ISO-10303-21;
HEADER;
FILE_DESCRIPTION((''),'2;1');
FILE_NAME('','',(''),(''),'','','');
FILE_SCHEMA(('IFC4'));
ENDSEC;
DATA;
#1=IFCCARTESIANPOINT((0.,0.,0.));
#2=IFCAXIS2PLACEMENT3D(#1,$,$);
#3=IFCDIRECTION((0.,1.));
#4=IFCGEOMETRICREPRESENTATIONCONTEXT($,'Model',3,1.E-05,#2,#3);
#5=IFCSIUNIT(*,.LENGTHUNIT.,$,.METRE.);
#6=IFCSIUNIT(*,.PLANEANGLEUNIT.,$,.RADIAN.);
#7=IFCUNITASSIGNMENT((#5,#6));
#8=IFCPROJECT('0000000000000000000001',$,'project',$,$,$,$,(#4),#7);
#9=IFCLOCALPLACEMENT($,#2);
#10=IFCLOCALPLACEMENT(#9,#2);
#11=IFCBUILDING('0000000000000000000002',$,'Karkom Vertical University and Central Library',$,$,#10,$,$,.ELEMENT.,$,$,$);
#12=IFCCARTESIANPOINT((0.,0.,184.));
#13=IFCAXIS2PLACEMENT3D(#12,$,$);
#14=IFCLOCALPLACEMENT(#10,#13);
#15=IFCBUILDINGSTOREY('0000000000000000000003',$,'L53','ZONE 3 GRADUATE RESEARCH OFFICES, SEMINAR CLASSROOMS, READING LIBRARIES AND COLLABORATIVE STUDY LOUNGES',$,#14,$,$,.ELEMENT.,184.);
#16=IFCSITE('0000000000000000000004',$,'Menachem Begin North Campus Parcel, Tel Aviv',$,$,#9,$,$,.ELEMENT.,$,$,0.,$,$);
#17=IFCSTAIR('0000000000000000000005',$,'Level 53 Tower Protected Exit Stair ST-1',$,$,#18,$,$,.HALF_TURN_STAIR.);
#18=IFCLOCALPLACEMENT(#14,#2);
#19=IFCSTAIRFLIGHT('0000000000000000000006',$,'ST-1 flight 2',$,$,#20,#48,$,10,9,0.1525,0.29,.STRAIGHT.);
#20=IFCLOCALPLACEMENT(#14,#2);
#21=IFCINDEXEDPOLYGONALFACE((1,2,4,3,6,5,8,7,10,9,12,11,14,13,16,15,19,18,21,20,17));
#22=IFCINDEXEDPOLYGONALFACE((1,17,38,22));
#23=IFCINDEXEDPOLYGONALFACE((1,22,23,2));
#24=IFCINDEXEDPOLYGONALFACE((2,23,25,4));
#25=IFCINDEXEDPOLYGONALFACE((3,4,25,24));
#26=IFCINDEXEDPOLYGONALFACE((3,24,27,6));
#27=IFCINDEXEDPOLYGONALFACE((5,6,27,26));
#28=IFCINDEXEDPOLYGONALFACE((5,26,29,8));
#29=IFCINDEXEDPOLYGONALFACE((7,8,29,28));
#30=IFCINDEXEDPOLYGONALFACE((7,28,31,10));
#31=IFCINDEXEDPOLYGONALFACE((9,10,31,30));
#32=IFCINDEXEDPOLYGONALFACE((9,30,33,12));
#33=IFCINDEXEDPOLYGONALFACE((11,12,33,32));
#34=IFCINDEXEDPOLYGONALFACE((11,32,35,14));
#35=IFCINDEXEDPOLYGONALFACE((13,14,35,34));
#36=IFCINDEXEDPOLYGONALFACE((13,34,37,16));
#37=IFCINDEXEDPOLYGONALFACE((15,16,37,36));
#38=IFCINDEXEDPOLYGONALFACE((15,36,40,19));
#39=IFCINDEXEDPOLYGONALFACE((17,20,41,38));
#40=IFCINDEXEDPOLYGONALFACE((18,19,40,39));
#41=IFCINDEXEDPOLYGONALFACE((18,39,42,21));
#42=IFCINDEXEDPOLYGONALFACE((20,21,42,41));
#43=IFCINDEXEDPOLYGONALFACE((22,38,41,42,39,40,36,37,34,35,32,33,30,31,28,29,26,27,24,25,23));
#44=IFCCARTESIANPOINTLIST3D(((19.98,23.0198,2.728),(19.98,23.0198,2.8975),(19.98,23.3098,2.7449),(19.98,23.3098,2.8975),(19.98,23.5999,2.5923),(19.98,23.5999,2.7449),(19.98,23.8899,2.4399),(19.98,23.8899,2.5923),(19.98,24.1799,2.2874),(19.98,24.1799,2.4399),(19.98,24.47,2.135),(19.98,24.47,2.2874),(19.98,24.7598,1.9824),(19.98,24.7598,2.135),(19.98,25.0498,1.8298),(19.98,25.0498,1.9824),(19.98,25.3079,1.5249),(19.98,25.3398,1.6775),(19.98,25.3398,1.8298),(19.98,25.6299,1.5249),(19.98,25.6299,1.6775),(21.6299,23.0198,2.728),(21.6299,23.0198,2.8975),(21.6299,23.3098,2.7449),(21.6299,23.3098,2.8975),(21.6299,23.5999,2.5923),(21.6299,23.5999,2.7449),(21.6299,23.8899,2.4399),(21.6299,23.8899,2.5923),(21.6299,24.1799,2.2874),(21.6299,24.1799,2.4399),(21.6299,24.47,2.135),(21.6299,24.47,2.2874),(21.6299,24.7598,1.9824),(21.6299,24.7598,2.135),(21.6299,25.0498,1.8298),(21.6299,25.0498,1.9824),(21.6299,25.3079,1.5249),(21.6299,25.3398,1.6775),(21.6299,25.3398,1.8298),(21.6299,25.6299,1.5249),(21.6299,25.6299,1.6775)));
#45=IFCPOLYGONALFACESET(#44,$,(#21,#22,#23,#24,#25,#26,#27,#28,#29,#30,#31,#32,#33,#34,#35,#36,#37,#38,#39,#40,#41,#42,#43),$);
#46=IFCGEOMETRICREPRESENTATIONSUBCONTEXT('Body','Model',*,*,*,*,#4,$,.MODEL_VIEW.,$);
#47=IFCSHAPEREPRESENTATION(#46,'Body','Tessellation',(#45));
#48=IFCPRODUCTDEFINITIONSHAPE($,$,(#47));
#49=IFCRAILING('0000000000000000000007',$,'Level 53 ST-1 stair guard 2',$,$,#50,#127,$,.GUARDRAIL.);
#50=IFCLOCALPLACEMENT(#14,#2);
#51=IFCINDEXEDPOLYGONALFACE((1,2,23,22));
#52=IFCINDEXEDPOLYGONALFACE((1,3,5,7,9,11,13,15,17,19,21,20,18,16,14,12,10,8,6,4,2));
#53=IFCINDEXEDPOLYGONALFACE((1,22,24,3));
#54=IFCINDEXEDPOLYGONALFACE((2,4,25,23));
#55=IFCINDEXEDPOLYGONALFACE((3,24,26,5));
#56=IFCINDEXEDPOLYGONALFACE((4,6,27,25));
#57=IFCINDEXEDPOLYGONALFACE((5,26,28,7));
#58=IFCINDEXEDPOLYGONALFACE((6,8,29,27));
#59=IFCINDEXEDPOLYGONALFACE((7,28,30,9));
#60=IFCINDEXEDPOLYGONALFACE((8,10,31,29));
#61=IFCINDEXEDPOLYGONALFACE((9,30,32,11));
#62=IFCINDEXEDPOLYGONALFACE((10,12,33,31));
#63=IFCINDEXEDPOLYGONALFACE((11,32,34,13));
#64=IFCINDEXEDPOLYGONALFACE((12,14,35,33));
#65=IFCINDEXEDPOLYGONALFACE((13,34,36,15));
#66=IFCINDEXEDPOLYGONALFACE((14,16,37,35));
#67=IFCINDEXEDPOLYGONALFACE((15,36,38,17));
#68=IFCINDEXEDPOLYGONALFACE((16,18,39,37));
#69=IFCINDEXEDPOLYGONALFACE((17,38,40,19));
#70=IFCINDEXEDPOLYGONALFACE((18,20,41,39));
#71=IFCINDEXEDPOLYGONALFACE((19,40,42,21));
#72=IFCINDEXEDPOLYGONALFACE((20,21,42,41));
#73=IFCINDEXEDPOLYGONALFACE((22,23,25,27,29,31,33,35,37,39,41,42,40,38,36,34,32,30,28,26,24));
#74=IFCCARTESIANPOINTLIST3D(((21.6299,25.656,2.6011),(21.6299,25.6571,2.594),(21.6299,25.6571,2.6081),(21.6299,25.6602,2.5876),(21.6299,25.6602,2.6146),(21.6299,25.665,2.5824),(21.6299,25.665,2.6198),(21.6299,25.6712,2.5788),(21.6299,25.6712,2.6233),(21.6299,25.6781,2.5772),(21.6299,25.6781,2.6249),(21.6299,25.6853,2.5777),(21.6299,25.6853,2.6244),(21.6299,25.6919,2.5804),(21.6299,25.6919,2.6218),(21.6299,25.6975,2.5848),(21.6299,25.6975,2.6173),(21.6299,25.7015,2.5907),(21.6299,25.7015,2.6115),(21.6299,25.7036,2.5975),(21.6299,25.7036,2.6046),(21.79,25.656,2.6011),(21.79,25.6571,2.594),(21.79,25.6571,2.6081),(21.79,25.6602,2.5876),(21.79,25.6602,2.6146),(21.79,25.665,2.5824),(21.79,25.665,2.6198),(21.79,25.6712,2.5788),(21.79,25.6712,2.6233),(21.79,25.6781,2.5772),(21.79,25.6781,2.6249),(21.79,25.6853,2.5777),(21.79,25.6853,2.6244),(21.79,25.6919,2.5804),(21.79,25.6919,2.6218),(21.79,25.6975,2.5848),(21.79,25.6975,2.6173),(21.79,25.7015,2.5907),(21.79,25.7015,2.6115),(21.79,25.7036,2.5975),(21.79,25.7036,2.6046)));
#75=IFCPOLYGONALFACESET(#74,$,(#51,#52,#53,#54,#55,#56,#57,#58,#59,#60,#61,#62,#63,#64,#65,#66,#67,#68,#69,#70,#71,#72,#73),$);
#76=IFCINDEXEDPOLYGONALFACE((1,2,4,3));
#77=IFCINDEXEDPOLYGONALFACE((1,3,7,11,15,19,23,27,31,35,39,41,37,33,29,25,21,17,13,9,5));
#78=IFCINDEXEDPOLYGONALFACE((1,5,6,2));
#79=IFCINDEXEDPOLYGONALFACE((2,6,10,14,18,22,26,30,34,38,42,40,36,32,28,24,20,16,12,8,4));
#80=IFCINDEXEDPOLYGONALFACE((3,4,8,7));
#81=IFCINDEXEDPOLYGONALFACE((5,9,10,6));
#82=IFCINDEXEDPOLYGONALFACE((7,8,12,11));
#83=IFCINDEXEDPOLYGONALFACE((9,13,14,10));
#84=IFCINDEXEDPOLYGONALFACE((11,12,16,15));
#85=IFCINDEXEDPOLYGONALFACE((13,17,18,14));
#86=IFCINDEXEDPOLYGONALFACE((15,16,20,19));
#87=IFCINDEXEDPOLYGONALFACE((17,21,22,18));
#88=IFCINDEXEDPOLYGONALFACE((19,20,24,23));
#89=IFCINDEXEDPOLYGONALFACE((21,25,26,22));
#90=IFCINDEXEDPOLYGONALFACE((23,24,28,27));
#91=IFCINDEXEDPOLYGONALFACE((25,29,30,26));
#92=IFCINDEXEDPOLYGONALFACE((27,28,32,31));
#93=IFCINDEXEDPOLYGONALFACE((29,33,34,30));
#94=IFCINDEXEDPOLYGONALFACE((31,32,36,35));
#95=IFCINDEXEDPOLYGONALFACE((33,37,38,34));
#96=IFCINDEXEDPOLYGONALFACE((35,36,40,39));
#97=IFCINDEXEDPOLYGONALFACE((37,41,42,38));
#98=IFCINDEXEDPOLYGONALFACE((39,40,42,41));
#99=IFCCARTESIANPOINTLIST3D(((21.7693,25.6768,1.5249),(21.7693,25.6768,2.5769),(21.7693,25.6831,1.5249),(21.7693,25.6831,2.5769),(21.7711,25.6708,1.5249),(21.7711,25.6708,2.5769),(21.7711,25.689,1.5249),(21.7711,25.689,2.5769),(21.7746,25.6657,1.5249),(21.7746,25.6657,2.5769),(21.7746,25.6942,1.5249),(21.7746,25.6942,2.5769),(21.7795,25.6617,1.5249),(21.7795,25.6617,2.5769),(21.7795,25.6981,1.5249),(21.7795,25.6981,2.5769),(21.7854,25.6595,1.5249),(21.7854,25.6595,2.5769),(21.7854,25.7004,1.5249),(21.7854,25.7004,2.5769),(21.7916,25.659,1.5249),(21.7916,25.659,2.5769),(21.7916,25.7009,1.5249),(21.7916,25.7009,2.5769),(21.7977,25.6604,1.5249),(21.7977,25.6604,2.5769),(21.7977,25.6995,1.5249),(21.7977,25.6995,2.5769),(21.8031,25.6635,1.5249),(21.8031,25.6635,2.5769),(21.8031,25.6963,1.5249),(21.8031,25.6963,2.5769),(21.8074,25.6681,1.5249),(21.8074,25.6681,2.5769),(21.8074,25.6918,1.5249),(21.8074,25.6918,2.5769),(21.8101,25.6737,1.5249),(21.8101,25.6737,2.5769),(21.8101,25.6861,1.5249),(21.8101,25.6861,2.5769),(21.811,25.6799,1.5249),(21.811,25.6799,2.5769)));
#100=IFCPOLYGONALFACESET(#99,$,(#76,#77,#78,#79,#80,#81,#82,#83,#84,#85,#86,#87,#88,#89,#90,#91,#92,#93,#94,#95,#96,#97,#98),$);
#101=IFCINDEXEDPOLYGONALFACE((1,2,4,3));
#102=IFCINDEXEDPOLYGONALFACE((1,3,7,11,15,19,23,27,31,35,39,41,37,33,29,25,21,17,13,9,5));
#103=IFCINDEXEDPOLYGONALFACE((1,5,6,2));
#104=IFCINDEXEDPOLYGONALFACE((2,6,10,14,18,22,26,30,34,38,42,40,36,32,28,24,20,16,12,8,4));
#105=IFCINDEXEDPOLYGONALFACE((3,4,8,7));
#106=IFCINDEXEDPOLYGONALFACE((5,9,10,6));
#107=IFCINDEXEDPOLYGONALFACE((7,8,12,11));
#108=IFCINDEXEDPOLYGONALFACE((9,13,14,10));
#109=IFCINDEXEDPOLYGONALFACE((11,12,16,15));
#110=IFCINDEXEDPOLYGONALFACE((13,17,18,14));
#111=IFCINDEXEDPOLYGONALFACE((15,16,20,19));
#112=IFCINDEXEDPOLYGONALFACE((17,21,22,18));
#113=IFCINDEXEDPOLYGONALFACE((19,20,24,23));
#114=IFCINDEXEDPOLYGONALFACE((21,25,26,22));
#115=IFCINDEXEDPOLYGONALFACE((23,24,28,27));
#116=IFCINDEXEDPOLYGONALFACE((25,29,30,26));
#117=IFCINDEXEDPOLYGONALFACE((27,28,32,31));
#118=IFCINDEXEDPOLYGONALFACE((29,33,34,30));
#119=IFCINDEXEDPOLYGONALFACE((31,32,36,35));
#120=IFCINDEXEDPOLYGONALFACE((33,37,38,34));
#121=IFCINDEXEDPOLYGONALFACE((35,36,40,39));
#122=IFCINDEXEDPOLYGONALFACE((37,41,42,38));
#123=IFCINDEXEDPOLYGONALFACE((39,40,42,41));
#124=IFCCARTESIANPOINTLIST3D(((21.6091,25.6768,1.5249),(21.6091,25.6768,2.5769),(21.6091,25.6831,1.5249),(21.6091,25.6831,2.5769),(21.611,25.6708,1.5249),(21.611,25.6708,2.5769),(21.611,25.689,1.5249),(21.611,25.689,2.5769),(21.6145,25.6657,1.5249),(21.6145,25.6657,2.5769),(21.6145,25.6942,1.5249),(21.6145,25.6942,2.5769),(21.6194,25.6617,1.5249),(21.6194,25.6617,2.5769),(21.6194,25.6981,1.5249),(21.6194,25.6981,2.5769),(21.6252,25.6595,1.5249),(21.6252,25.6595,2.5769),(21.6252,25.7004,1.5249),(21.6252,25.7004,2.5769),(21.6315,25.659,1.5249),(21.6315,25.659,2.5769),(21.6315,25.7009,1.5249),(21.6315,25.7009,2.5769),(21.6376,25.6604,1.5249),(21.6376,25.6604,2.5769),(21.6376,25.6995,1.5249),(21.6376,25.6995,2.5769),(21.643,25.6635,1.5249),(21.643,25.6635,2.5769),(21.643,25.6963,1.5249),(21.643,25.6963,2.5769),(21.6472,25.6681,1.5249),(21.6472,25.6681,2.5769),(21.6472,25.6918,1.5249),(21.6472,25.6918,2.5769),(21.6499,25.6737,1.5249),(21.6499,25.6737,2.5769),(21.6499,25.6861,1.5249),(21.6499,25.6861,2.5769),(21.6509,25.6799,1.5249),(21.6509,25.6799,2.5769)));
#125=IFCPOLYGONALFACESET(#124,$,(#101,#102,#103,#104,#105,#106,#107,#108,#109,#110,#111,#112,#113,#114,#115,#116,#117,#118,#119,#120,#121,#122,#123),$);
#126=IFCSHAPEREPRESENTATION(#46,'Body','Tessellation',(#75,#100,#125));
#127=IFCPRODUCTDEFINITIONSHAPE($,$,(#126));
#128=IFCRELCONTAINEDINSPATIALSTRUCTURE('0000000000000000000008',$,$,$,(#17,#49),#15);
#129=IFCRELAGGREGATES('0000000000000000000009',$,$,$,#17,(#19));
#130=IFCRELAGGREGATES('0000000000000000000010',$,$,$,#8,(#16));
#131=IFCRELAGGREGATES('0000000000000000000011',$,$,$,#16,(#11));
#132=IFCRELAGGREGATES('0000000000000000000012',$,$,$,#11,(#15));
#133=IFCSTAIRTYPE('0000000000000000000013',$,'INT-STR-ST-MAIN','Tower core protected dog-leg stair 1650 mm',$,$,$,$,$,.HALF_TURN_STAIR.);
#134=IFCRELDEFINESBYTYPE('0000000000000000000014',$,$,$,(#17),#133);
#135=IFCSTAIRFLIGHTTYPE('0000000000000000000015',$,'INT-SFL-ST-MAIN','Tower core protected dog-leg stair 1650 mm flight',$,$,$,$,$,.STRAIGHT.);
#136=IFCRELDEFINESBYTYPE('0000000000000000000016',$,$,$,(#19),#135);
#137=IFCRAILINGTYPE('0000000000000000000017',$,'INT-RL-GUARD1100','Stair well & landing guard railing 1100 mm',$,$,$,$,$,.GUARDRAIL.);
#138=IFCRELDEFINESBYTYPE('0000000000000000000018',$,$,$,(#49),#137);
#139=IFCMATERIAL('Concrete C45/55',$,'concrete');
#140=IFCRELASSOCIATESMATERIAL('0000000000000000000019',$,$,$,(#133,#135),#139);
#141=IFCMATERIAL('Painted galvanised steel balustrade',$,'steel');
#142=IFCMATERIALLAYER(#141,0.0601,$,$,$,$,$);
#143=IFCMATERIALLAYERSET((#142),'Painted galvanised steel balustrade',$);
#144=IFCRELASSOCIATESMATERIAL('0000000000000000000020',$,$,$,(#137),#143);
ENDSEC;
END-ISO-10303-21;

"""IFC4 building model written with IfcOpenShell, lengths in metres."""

from ifc_helpers import new_model, si_unit, direction, frame, origin, origin_2d, place, context, subcontext, project, spatial, polyline, circle, outline, extrude, material, layer, layer_set, type_object, element, aggregate, save


model = new_model("IFC4")

# Units and contexts
model_context = context("Model", 3, precision=1e-05, world=origin(), true_north=direction((0.0, 1.0)))
body_context = subcontext(model_context, "Body", "Model", "MODEL_VIEW")
ifc_project = project(units=[si_unit("LENGTHUNIT", "METRE"), si_unit("PLANEANGLEUNIT", "RADIAN")], contexts=[model_context])

# Site, building, storey
site_placement = place(None, origin())
site = spatial("IfcSite", under=ifc_project, at=site_placement, Name="Menachem Begin North Campus Parcel, Tel Aviv", CompositionType="ELEMENT", RefElevation=0.0)
building_placement = place(site_placement, origin())
building = spatial("IfcBuilding", under=site, at=building_placement, Name="Karkom Vertical University and Central Library", CompositionType="ELEMENT")
storey_placement = place(building_placement, frame((0.0, 0.0, 184.0)))
storey = spatial("IfcBuildingStorey", under=building, at=storey_placement, Name="L53", Description="ZONE 3 GRADUATE RESEARCH OFFICES, SEMINAR CLASSROOMS, READING LIBRARIES AND COLLABORATIVE STUDY LOUNGES", CompositionType="ELEMENT", Elevation=184.0)

# Shared definitions
ifc_material_1 = material(Name="Concrete C45/55", Category="concrete")

# Stair, stair flight
stair_type = type_object("IfcStairType", Name="INT-STR-ST-MAIN", Description="Tower core protected dog-leg stair 1650 mm", PredefinedType="HALF_TURN_STAIR", material=ifc_material_1)
stair_placement = place(storey_placement, origin())
stair = element("IfcStair", 1, at=stair_placement, inside=storey, type_object=stair_type, Name="Level 53 Tower Protected Exit Stair ST-1", PredefinedType="HALF_TURN_STAIR")
stair_flight_type = type_object("IfcStairFlightType", Name="INT-SFL-ST-MAIN", Description="Tower core protected dog-leg stair 1650 mm flight", PredefinedType="STRAIGHT", material=ifc_material_1)
stair_flight_placement = place(storey_placement, frame((20.8049, 25.6299, 1.5249), z_axis=(0.0, 0.0, 1.0), x_axis=(0.0, -1.0, 0.0)))
stair_flight = element("IfcStairFlight", 2, at=stair_flight_placement, type_object=stair_flight_type, Name="ST-1 flight 2", NumberOfRisers=10, NumberOfTreads=9, PredefinedType="STRAIGHT", RiserHeight=0.1525, TreadLength=0.29, context=body_context, shape_type="SweptSolid", body=[
    extrude(outline(polyline([(0.0, 0.0), (0.0, 0.1526), (0.29, 0.1526), (0.29, 0.3049), (0.5801, 0.3049), (0.5801, 0.4575), (0.8701, 0.4575), (0.8701, 0.6101), (1.1599, 0.6101), (1.1599, 0.7625), (1.45, 0.7625), (1.45, 0.915), (1.74, 0.915), (1.74, 1.0674), (2.03, 1.0674), (2.03, 1.22), (2.3201, 1.22), (2.3201, 1.3726), (2.6101, 1.3726), (2.6101, 1.5249), (2.6101, 1.2031), (0.322, 0.0), (0.0, 0.0)])), frame((0.0, 0.825, 0.0), z_axis=(0.0, -1.0, 0.0), x_axis=(1.0, 0.0, 0.0)), (0.0, 0.0, 1.0), 1.6499),
])
aggregate(stair, [stair_flight])

# Railing
ifc_material_2 = material(Name="Painted galvanised steel balustrade", Category="steel")
ifc_layer_1 = layer(ifc_material_2, 0.0601)
ifc_layer_set_1 = layer_set([ifc_layer_1], Name="Painted galvanised steel balustrade")
railing_type_1 = type_object("IfcRailingType", Name="INT-RL-GUARD1100", Description="Stair well & landing guard railing 1100 mm", PredefinedType="GUARDRAIL", material=ifc_layer_set_1)
railing_1_placement = place(storey_placement, frame((21.79, 25.6799, 1.5249)))
element("IfcRailing", 3, at=railing_1_placement, inside=storey, type_object=railing_type_1, Name="Level 53 ST-1 stair guard 2", PredefinedType="GUARDRAIL", context=body_context, shape_type="SweptSolid", body=[
    extrude(circle(Radius=0.0239, at=origin_2d()), frame((0.0, 0.0, 1.0762), z_axis=(-1.0, 0.0, 0.0), x_axis=(0.0, -1.0, 0.0)), (0.0, 0.0, 1.0), 0.1602),
    extrude(circle(Radius=0.021, at=origin_2d()), origin(), (0.0, 0.0, 1.0), 1.052),
    extrude(circle(Radius=0.021, at=origin_2d()), frame((-0.1602, 0.0, 0.0)), (0.0, 0.0, 1.0), 1.052),
])

save(model, "model.ifc")
